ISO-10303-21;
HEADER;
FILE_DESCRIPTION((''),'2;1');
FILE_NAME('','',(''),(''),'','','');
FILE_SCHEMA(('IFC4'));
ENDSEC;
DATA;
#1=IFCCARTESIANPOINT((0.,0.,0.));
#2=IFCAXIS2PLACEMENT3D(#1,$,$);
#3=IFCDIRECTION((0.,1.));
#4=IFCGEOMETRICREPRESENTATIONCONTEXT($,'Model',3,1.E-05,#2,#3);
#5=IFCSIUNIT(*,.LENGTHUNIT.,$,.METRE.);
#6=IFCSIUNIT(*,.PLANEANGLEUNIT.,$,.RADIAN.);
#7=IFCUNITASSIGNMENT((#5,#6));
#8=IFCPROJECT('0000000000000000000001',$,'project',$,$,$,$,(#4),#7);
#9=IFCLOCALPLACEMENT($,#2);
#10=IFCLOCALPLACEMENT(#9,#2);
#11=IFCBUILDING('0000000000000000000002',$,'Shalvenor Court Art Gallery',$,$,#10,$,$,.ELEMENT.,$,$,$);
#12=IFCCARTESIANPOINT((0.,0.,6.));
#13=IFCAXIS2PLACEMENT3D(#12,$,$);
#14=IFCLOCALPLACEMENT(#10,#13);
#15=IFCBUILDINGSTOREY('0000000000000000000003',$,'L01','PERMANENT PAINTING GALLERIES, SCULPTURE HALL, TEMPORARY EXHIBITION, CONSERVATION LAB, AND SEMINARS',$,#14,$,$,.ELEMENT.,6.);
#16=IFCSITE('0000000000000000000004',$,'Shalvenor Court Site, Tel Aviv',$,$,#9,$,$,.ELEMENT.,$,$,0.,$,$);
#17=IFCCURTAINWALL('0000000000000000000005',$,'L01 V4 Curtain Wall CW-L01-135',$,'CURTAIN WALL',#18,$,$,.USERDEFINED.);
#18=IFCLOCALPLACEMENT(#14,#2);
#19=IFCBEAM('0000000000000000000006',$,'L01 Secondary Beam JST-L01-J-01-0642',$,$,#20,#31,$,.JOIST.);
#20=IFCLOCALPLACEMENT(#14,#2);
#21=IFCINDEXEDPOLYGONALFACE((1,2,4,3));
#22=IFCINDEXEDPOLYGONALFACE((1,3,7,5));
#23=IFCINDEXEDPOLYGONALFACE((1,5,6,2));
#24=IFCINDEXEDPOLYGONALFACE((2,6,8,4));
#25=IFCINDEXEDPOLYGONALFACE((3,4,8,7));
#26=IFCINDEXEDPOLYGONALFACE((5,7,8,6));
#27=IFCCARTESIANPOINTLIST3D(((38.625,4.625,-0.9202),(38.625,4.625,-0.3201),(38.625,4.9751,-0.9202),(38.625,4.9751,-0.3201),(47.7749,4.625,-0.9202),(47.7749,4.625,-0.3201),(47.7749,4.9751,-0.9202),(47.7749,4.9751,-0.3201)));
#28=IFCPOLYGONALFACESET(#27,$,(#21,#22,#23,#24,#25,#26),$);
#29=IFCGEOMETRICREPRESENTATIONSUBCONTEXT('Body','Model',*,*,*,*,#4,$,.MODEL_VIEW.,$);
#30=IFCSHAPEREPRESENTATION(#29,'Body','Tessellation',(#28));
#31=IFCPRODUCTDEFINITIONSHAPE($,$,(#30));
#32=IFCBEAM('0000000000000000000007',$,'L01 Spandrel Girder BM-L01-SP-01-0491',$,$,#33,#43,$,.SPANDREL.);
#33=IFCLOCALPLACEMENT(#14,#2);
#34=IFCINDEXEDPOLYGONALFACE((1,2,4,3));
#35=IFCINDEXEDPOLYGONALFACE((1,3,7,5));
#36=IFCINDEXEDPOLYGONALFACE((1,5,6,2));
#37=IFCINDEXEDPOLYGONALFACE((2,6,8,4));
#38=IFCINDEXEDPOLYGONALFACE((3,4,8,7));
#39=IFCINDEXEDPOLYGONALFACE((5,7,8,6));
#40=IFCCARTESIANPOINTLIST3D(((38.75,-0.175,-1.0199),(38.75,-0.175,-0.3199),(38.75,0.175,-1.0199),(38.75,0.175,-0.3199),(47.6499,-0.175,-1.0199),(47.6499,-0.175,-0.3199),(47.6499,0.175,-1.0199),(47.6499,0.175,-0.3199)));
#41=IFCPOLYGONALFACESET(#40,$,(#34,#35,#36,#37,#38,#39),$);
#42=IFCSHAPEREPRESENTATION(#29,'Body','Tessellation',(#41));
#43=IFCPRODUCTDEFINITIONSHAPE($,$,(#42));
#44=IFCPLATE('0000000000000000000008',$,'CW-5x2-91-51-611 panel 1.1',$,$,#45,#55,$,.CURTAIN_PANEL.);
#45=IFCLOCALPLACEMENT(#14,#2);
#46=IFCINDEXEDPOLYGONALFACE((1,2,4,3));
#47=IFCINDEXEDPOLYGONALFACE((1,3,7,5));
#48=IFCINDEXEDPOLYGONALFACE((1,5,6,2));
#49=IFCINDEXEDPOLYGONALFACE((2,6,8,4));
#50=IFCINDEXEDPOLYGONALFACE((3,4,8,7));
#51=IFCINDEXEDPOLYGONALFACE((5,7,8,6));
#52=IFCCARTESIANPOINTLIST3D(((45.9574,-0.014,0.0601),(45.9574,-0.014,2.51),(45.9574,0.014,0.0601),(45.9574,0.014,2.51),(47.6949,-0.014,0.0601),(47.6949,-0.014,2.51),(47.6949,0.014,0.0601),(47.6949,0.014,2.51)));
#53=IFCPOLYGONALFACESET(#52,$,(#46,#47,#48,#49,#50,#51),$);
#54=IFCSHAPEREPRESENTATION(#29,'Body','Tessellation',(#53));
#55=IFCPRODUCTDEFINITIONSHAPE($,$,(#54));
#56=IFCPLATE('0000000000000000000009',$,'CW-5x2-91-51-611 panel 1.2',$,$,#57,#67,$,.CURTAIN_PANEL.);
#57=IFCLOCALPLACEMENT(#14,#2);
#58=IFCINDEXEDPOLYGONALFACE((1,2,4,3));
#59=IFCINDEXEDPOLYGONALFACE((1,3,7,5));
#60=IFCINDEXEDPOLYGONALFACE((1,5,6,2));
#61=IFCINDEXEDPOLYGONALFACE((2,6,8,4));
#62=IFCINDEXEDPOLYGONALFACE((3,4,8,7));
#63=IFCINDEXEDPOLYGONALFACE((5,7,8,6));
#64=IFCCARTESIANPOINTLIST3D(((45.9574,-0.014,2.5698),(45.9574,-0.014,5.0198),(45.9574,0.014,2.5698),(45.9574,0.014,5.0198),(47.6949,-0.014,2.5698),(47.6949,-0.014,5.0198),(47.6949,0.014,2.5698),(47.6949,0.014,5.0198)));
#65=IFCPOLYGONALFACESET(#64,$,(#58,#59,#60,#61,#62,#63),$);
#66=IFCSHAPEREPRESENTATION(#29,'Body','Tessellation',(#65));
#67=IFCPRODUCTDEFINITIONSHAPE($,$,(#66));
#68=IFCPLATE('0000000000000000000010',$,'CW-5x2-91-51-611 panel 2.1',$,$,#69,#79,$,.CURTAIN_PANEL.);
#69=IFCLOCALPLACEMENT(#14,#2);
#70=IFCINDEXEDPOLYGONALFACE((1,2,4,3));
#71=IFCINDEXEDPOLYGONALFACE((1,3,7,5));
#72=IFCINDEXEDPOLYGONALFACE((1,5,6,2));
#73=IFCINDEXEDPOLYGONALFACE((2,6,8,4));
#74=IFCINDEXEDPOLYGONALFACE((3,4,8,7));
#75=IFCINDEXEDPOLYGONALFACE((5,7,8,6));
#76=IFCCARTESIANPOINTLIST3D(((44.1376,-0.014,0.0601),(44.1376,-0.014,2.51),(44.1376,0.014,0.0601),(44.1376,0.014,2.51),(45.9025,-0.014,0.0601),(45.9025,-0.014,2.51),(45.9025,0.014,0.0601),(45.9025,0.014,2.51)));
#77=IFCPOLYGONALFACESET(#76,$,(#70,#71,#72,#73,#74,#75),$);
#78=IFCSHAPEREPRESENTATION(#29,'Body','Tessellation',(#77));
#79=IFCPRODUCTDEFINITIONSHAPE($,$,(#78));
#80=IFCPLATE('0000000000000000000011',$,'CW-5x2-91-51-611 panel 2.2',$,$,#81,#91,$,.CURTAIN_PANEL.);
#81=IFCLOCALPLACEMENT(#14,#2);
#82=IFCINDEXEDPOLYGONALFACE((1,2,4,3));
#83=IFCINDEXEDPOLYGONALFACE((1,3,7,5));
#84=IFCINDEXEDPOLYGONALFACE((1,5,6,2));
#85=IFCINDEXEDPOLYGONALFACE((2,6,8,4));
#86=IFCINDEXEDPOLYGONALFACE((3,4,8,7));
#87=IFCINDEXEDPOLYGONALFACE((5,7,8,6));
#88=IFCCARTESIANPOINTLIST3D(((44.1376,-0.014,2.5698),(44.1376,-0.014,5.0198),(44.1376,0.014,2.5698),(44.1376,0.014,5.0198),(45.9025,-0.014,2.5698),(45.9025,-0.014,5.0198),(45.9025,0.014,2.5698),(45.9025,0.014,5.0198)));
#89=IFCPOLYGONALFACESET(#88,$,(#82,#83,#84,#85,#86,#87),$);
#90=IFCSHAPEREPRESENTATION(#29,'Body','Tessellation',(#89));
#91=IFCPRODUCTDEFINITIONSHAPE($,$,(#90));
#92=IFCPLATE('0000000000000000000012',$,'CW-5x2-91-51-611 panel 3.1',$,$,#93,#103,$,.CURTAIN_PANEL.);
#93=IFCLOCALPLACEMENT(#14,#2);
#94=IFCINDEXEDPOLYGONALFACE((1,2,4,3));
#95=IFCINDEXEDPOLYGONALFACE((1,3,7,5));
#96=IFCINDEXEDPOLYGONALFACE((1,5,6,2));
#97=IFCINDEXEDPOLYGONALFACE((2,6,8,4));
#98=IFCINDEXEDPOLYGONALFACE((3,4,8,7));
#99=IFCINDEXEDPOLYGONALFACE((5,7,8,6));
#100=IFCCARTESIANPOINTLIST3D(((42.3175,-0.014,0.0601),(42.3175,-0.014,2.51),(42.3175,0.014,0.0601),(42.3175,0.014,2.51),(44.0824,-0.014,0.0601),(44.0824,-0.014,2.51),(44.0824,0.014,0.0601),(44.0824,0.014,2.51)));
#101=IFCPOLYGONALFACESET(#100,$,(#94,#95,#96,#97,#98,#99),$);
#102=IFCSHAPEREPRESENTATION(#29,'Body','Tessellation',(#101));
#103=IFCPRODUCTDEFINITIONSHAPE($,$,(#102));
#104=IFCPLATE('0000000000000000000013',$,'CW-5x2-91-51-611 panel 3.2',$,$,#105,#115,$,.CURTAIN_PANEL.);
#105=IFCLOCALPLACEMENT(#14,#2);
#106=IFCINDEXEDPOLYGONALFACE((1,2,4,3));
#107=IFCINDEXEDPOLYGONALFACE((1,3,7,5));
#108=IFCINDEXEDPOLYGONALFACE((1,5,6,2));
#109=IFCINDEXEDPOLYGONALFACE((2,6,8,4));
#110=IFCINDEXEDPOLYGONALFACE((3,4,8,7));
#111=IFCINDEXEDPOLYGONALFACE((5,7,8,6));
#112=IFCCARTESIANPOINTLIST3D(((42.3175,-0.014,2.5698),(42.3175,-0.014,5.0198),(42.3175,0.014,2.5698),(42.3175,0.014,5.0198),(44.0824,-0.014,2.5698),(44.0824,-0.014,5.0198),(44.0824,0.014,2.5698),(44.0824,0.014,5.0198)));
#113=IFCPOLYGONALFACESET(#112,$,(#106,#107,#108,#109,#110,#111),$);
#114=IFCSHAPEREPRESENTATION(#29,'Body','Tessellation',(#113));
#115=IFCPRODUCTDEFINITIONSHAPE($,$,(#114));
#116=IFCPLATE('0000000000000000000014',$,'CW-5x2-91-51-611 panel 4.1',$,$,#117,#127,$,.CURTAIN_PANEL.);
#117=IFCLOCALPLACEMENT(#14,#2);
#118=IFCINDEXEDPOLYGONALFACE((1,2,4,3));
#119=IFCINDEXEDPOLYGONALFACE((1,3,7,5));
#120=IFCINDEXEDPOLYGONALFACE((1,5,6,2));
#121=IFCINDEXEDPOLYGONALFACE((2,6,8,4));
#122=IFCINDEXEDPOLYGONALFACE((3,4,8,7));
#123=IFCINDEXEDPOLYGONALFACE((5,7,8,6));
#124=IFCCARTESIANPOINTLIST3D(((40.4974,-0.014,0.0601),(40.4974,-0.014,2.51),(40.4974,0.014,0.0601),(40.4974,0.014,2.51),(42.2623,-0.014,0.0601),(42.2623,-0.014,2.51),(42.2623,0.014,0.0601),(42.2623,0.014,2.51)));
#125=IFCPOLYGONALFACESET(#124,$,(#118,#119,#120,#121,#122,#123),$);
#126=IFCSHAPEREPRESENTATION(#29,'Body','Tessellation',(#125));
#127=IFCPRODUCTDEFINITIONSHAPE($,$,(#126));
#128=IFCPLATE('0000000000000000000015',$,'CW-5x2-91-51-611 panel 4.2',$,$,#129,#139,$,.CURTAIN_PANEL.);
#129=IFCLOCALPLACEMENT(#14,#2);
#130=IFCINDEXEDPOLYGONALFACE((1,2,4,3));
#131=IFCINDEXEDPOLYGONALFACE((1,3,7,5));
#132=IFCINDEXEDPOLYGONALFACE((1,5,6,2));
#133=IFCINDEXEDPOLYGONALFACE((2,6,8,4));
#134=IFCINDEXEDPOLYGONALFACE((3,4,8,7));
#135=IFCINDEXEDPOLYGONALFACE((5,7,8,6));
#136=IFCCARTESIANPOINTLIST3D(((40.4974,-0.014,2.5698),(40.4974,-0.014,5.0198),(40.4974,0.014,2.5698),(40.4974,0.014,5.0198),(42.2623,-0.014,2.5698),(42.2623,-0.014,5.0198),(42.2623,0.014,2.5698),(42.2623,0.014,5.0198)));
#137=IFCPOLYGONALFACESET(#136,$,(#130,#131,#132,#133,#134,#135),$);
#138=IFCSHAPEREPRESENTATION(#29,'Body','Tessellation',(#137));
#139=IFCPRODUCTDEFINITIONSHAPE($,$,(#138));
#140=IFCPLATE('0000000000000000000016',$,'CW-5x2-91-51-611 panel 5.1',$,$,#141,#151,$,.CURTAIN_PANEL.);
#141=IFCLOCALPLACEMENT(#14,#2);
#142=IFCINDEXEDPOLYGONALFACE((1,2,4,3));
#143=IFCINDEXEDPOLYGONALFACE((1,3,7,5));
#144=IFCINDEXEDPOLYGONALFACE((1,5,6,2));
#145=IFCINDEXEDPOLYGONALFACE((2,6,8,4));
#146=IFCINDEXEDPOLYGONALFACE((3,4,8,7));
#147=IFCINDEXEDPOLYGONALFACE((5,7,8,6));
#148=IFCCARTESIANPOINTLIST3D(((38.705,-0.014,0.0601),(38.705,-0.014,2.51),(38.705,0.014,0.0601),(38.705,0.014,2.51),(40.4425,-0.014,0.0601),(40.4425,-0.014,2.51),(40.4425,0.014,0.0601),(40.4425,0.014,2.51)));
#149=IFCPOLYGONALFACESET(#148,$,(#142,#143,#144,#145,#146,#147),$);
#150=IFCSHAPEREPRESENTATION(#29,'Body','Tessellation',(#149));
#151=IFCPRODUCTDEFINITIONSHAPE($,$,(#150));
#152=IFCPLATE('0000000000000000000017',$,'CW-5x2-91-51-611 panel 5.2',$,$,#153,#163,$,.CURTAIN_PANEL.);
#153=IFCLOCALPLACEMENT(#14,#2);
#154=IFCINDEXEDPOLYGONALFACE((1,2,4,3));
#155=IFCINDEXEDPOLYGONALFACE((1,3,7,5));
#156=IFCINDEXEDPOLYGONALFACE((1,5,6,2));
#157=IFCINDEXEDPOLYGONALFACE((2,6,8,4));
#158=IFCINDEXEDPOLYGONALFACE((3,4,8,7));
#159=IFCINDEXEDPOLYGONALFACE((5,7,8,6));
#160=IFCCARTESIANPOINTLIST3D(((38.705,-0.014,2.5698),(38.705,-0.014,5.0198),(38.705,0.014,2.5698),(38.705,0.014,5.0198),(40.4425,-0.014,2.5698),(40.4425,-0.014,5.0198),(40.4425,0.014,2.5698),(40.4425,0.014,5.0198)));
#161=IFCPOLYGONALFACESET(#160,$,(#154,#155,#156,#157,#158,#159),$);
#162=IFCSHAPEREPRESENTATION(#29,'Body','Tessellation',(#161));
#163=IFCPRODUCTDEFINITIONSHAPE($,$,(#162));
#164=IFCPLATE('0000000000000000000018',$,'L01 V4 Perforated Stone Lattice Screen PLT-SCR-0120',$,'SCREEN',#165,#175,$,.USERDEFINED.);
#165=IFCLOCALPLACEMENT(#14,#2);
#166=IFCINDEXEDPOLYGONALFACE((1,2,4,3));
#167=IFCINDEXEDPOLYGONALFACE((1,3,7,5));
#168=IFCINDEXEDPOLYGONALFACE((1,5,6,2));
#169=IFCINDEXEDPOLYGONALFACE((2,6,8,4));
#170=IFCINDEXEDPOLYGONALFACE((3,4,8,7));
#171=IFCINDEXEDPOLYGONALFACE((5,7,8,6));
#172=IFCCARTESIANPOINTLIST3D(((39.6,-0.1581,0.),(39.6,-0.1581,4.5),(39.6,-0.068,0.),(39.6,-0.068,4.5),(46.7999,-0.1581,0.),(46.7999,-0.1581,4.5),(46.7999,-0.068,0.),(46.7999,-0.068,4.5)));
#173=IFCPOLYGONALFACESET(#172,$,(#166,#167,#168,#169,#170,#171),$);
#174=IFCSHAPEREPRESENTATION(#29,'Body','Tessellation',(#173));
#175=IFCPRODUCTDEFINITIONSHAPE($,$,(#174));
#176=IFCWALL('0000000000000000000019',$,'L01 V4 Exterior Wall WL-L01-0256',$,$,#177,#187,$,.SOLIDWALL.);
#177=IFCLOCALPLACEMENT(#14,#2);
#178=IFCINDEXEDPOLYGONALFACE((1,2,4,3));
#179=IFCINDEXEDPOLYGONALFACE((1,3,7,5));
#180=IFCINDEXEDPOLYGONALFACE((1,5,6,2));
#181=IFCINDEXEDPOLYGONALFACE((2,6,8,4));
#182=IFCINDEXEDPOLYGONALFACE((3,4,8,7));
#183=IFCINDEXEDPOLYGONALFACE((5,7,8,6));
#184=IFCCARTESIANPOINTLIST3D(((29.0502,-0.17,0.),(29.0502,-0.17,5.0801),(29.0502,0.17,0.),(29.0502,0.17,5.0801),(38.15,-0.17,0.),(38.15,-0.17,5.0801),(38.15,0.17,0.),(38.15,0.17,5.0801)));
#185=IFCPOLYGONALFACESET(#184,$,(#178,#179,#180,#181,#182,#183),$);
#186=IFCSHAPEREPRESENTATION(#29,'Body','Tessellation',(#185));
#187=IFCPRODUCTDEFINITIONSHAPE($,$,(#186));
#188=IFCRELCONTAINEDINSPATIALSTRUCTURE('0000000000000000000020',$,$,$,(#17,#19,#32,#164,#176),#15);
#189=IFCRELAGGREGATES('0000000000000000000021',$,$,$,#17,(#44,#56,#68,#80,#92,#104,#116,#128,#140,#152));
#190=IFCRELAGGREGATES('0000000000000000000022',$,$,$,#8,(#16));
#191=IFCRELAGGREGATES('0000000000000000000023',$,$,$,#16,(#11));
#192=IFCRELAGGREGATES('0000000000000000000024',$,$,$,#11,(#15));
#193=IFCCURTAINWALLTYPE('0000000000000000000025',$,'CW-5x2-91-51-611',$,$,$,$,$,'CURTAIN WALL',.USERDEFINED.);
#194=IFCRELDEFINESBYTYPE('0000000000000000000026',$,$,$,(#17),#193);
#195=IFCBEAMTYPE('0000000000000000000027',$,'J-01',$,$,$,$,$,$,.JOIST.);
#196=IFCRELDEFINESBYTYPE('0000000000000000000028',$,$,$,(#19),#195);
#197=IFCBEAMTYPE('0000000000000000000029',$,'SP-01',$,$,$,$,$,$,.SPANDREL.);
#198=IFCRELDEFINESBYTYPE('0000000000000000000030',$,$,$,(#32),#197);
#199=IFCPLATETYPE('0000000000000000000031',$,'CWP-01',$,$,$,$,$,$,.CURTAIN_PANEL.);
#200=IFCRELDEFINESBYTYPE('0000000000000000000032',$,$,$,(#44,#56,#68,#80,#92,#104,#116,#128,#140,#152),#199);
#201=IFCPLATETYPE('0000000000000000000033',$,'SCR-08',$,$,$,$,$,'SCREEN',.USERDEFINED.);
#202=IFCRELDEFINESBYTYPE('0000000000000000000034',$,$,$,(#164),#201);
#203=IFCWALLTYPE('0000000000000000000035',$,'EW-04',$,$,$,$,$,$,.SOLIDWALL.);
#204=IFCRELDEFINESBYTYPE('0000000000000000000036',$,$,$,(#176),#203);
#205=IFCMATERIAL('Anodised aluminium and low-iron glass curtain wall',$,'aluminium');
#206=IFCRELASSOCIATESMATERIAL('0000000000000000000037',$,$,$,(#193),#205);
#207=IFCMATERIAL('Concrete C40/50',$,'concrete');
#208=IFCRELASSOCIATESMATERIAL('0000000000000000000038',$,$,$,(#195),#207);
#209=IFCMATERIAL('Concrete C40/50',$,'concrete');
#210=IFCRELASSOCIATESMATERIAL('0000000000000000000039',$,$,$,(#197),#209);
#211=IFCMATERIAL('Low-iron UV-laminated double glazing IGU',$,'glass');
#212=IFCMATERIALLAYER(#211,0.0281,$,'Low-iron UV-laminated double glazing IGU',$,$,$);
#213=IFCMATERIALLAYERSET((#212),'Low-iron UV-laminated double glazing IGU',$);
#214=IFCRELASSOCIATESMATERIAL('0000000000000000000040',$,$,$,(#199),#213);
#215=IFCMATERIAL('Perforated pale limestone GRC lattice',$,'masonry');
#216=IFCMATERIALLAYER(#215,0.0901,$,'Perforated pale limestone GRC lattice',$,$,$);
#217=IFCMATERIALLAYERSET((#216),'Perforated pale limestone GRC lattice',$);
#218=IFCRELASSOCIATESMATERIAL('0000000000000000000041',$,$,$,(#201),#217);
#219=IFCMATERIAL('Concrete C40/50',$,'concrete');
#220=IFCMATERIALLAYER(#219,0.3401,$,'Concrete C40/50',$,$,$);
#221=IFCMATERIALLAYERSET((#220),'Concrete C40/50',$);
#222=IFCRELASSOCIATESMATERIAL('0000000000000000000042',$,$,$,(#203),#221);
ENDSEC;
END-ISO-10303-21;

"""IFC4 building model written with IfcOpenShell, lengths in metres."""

from ifc_helpers import new_model, si_unit, direction, frame, frame_2d, origin, origin_2d, place, context, subcontext, project, spatial, rectangle, extrude, material, layer, layer_set, material_profile, profile_set, type_object, element, aggregate, save


model = new_model("IFC4")

# Units and contexts
model_context = context("Model", 3, precision=1e-05, world=origin(), true_north=direction((0.0, 1.0)))
body_context = subcontext(model_context, "Body", "Model", "MODEL_VIEW")
ifc_project = project(units=[si_unit("LENGTHUNIT", "METRE"), si_unit("PLANEANGLEUNIT", "RADIAN")], contexts=[model_context])

# Site, building, storey
site_placement = place(None, origin())
site = spatial("IfcSite", under=ifc_project, at=site_placement, Name="Shalvenor Court Site, Tel Aviv", CompositionType="ELEMENT", RefElevation=0.0)
building_placement = place(site_placement, origin())
building = spatial("IfcBuilding", under=site, at=building_placement, Name="Shalvenor Court Art Gallery", CompositionType="ELEMENT")
storey_placement = place(building_placement, frame((0.0, 0.0, 6.0)))
storey = spatial("IfcBuildingStorey", under=building, at=storey_placement, Name="L01", Description="PERMANENT PAINTING GALLERIES, SCULPTURE HALL, TEMPORARY EXHIBITION, CONSERVATION LAB, AND SEMINARS", CompositionType="ELEMENT", Elevation=6.0)

# Curtain wall
ifc_material_1 = material(Name="Anodised aluminium and low-iron glass curtain wall", Category="aluminium")
curtain_wall_type = type_object("IfcCurtainWallType", Name="CW-5x2-91-51-611", ElementType="CURTAIN WALL", PredefinedType="USERDEFINED", material=ifc_material_1)
curtain_wall_placement = place(storey_placement, origin())
curtain_wall = element("IfcCurtainWall", 1, at=curtain_wall_placement, inside=storey, type_object=curtain_wall_type, Name="L01 V4 Curtain Wall CW-L01-135", ObjectType="CURTAIN WALL", PredefinedType="USERDEFINED")

# Beams
ifc_material_2 = material(Name="Concrete C40/50", Category="concrete")
ifc_material_profile_1 = material_profile(ifc_material_2, rectangle(XDim=0.3501, YDim=0.6001, at=origin_2d()), Name="RC 350x600")
ifc_profile_set_1 = profile_set([ifc_material_profile_1], Name="Concrete C40/50")
beam_type_1 = type_object("IfcBeamType", Name="J-01", PredefinedType="JOIST", material=ifc_profile_set_1)
beam_1_placement = place(storey_placement, frame((38.625, 4.8, -0.6201), z_axis=(1.0, 0.0, 0.0), x_axis=(0.0, 1.0, 0.0)))
element("IfcBeam", 2, at=beam_1_placement, inside=storey, type_object=beam_type_1, Name="L01 Secondary Beam JST-L01-J-01-0642", PredefinedType="JOIST", context=body_context, shape_type="SweptSolid", body=[
    extrude(rectangle(XDim=0.3501, YDim=0.6001, at=origin_2d()), origin(), (0.0, 0.0, 1.0), 9.1499),
])
ifc_material_3 = material(Name="Concrete C40/50", Category="concrete")
ifc_material_profile_2 = material_profile(ifc_material_3, rectangle(XDim=0.3501, YDim=0.7, at=origin_2d()), Name="RC 350x700")
ifc_profile_set_2 = profile_set([ifc_material_profile_2], Name="Concrete C40/50")
beam_type_2 = type_object("IfcBeamType", Name="SP-01", PredefinedType="SPANDREL", material=ifc_profile_set_2)
beam_2_placement = place(storey_placement, frame((38.75, 0.0, -0.6699), z_axis=(1.0, 0.0, 0.0), x_axis=(0.0, 1.0, 0.0)))
element("IfcBeam", 3, at=beam_2_placement, inside=storey, type_object=beam_type_2, Name="L01 Spandrel Girder BM-L01-SP-01-0491", PredefinedType="SPANDREL", context=body_context, shape_type="SweptSolid", body=[
    extrude(rectangle(XDim=0.3501, YDim=0.7, at=origin_2d()), origin(), (0.0, 0.0, 1.0), 8.8999),
])

# Plates
ifc_material_4 = material(Name="Low-iron UV-laminated double glazing IGU", Category="glass")
ifc_layer_1 = layer(ifc_material_4, 0.0281, Name="Low-iron UV-laminated double glazing IGU")
ifc_layer_set_1 = layer_set([ifc_layer_1], Name="Low-iron UV-laminated double glazing IGU")
plate_type_1 = type_object("IfcPlateType", Name="CWP-01", PredefinedType="CURTAIN_PANEL", material=ifc_layer_set_1)
plate_1_placement = place(storey_placement, frame((46.8262, 0.0, 0.0601), z_axis=(0.0, 0.0, 1.0), x_axis=(-1.0, 0.0, 0.0)))
plate_1 = element("IfcPlate", 4, at=plate_1_placement, type_object=plate_type_1, Name="CW-5x2-91-51-611 panel 1.1", PredefinedType="CURTAIN_PANEL", context=body_context, shape_type="SweptSolid", body=[
    extrude(rectangle(XDim=1.7375, YDim=0.0281, at=origin_2d()), origin(), (0.0, 0.0, 1.0), 2.45),
])
plate_2_placement = place(storey_placement, frame((46.8262, 0.0, 2.5698), z_axis=(0.0, 0.0, 1.0), x_axis=(-1.0, 0.0, 0.0)))
plate_2 = element("IfcPlate", 5, at=plate_2_placement, type_object=plate_type_1, Name="CW-5x2-91-51-611 panel 1.2", PredefinedType="CURTAIN_PANEL", context=body_context, shape_type="SweptSolid", body=[
    extrude(rectangle(XDim=1.7375, YDim=0.0281, at=origin_2d()), origin(), (0.0, 0.0, 1.0), 2.45),
])
plate_3_placement = place(storey_placement, frame((45.02, 0.0, 0.0601), z_axis=(0.0, 0.0, 1.0), x_axis=(-1.0, 0.0, 0.0)))
plate_3 = element("IfcPlate", 6, at=plate_3_placement, type_object=plate_type_1, Name="CW-5x2-91-51-611 panel 2.1", PredefinedType="CURTAIN_PANEL", context=body_context, shape_type="SweptSolid", body=[
    extrude(rectangle(XDim=1.7649, YDim=0.0281, at=origin_2d()), origin(), (0.0, 0.0, 1.0), 2.45),
])
plate_4_placement = place(storey_placement, frame((45.02, 0.0, 2.5698), z_axis=(0.0, 0.0, 1.0), x_axis=(-1.0, 0.0, 0.0)))
plate_4 = element("IfcPlate", 7, at=plate_4_placement, type_object=plate_type_1, Name="CW-5x2-91-51-611 panel 2.2", PredefinedType="CURTAIN_PANEL", context=body_context, shape_type="SweptSolid", body=[
    extrude(rectangle(XDim=1.7649, YDim=0.0281, at=origin_2d()), origin(), (0.0, 0.0, 1.0), 2.45),
])
plate_5_placement = place(storey_placement, frame((43.2, 0.0, 0.0601), z_axis=(0.0, 0.0, 1.0), x_axis=(-1.0, 0.0, 0.0)))
plate_5 = element("IfcPlate", 8, at=plate_5_placement, type_object=plate_type_1, Name="CW-5x2-91-51-611 panel 3.1", PredefinedType="CURTAIN_PANEL", context=body_context, shape_type="SweptSolid", body=[
    extrude(rectangle(XDim=1.7649, YDim=0.0281, at=origin_2d()), origin(), (0.0, 0.0, 1.0), 2.45),
])
plate_6_placement = place(storey_placement, frame((43.2, 0.0, 2.5698), z_axis=(0.0, 0.0, 1.0), x_axis=(-1.0, 0.0, 0.0)))
plate_6 = element("IfcPlate", 9, at=plate_6_placement, type_object=plate_type_1, Name="CW-5x2-91-51-611 panel 3.2", PredefinedType="CURTAIN_PANEL", context=body_context, shape_type="SweptSolid", body=[
    extrude(rectangle(XDim=1.7649, YDim=0.0281, at=origin_2d()), origin(), (0.0, 0.0, 1.0), 2.45),
])
plate_7_placement = place(storey_placement, frame((41.3799, 0.0, 0.0601), z_axis=(0.0, 0.0, 1.0), x_axis=(-1.0, 0.0, 0.0)))
plate_7 = element("IfcPlate", 10, at=plate_7_placement, type_object=plate_type_1, Name="CW-5x2-91-51-611 panel 4.1", PredefinedType="CURTAIN_PANEL", context=body_context, shape_type="SweptSolid", body=[
    extrude(rectangle(XDim=1.7649, YDim=0.0281, at=origin_2d()), origin(), (0.0, 0.0, 1.0), 2.45),
])
plate_8_placement = place(storey_placement, frame((41.3799, 0.0, 2.5698), z_axis=(0.0, 0.0, 1.0), x_axis=(-1.0, 0.0, 0.0)))
plate_8 = element("IfcPlate", 11, at=plate_8_placement, type_object=plate_type_1, Name="CW-5x2-91-51-611 panel 4.2", PredefinedType="CURTAIN_PANEL", context=body_context, shape_type="SweptSolid", body=[
    extrude(rectangle(XDim=1.7649, YDim=0.0281, at=origin_2d()), origin(), (0.0, 0.0, 1.0), 2.45),
])
plate_9_placement = place(storey_placement, frame((39.5737, 0.0, 0.0601), z_axis=(0.0, 0.0, 1.0), x_axis=(-1.0, 0.0, 0.0)))
plate_9 = element("IfcPlate", 12, at=plate_9_placement, type_object=plate_type_1, Name="CW-5x2-91-51-611 panel 5.1", PredefinedType="CURTAIN_PANEL", context=body_context, shape_type="SweptSolid", body=[
    extrude(rectangle(XDim=1.7375, YDim=0.0281, at=origin_2d()), origin(), (0.0, 0.0, 1.0), 2.45),
])
plate_10_placement = place(storey_placement, frame((39.5737, 0.0, 2.5698), z_axis=(0.0, 0.0, 1.0), x_axis=(-1.0, 0.0, 0.0)))
plate_10 = element("IfcPlate", 13, at=plate_10_placement, type_object=plate_type_1, Name="CW-5x2-91-51-611 panel 5.2", PredefinedType="CURTAIN_PANEL", context=body_context, shape_type="SweptSolid", body=[
    extrude(rectangle(XDim=1.7375, YDim=0.0281, at=origin_2d()), origin(), (0.0, 0.0, 1.0), 2.45),
])
aggregate(curtain_wall, [plate_1, plate_2, plate_3, plate_4, plate_5, plate_6, plate_7, plate_8, plate_9, plate_10])
ifc_material_5 = material(Name="Perforated pale limestone GRC lattice", Category="masonry")
ifc_layer_2 = layer(ifc_material_5, 0.0901, Name="Perforated pale limestone GRC lattice")
ifc_layer_set_2 = layer_set([ifc_layer_2], Name="Perforated pale limestone GRC lattice")
plate_type_2 = type_object("IfcPlateType", Name="SCR-08", ElementType="SCREEN", PredefinedType="USERDEFINED", material=ifc_layer_set_2)
plate_11_placement = place(storey_placement, frame((43.2, -0.113, 0.0), z_axis=(0.0, 0.0, 1.0), x_axis=(-1.0, 0.0, 0.0)))
element("IfcPlate", 14, at=plate_11_placement, inside=storey, type_object=plate_type_2, Name="L01 V4 Perforated Stone Lattice Screen PLT-SCR-0120", ObjectType="SCREEN", PredefinedType="USERDEFINED", context=body_context, shape_type="SweptSolid", body=[
    extrude(rectangle(XDim=7.2, YDim=0.0901, at=origin_2d()), origin(), (0.0, 0.0, 1.0), 4.5),
])

# Wall
ifc_material_6 = material(Name="Concrete C40/50", Category="concrete")
ifc_layer_3 = layer(ifc_material_6, 0.3401, Name="Concrete C40/50")
ifc_layer_set_3 = layer_set([ifc_layer_3], Name="Concrete C40/50")
wall_type = type_object("IfcWallType", Name="EW-04", PredefinedType="SOLIDWALL", material=ifc_layer_set_3)
wall_placement = place(storey_placement, frame((38.1499, 0.0, 0.0), z_axis=(0.0, 0.0, 1.0), x_axis=(-1.0, 0.0, 0.0)))
element("IfcWall", 15, at=wall_placement, inside=storey, type_object=wall_type, Name="L01 V4 Exterior Wall WL-L01-0256", PredefinedType="SOLIDWALL", context=body_context, shape_type="SweptSolid", body=[
    extrude(rectangle(XDim=9.0999, YDim=0.3401, at=frame_2d((4.5498, 0.0))), origin(), (0.0, 0.0, 1.0), 5.0801),
])

save(model, "model.ifc")
